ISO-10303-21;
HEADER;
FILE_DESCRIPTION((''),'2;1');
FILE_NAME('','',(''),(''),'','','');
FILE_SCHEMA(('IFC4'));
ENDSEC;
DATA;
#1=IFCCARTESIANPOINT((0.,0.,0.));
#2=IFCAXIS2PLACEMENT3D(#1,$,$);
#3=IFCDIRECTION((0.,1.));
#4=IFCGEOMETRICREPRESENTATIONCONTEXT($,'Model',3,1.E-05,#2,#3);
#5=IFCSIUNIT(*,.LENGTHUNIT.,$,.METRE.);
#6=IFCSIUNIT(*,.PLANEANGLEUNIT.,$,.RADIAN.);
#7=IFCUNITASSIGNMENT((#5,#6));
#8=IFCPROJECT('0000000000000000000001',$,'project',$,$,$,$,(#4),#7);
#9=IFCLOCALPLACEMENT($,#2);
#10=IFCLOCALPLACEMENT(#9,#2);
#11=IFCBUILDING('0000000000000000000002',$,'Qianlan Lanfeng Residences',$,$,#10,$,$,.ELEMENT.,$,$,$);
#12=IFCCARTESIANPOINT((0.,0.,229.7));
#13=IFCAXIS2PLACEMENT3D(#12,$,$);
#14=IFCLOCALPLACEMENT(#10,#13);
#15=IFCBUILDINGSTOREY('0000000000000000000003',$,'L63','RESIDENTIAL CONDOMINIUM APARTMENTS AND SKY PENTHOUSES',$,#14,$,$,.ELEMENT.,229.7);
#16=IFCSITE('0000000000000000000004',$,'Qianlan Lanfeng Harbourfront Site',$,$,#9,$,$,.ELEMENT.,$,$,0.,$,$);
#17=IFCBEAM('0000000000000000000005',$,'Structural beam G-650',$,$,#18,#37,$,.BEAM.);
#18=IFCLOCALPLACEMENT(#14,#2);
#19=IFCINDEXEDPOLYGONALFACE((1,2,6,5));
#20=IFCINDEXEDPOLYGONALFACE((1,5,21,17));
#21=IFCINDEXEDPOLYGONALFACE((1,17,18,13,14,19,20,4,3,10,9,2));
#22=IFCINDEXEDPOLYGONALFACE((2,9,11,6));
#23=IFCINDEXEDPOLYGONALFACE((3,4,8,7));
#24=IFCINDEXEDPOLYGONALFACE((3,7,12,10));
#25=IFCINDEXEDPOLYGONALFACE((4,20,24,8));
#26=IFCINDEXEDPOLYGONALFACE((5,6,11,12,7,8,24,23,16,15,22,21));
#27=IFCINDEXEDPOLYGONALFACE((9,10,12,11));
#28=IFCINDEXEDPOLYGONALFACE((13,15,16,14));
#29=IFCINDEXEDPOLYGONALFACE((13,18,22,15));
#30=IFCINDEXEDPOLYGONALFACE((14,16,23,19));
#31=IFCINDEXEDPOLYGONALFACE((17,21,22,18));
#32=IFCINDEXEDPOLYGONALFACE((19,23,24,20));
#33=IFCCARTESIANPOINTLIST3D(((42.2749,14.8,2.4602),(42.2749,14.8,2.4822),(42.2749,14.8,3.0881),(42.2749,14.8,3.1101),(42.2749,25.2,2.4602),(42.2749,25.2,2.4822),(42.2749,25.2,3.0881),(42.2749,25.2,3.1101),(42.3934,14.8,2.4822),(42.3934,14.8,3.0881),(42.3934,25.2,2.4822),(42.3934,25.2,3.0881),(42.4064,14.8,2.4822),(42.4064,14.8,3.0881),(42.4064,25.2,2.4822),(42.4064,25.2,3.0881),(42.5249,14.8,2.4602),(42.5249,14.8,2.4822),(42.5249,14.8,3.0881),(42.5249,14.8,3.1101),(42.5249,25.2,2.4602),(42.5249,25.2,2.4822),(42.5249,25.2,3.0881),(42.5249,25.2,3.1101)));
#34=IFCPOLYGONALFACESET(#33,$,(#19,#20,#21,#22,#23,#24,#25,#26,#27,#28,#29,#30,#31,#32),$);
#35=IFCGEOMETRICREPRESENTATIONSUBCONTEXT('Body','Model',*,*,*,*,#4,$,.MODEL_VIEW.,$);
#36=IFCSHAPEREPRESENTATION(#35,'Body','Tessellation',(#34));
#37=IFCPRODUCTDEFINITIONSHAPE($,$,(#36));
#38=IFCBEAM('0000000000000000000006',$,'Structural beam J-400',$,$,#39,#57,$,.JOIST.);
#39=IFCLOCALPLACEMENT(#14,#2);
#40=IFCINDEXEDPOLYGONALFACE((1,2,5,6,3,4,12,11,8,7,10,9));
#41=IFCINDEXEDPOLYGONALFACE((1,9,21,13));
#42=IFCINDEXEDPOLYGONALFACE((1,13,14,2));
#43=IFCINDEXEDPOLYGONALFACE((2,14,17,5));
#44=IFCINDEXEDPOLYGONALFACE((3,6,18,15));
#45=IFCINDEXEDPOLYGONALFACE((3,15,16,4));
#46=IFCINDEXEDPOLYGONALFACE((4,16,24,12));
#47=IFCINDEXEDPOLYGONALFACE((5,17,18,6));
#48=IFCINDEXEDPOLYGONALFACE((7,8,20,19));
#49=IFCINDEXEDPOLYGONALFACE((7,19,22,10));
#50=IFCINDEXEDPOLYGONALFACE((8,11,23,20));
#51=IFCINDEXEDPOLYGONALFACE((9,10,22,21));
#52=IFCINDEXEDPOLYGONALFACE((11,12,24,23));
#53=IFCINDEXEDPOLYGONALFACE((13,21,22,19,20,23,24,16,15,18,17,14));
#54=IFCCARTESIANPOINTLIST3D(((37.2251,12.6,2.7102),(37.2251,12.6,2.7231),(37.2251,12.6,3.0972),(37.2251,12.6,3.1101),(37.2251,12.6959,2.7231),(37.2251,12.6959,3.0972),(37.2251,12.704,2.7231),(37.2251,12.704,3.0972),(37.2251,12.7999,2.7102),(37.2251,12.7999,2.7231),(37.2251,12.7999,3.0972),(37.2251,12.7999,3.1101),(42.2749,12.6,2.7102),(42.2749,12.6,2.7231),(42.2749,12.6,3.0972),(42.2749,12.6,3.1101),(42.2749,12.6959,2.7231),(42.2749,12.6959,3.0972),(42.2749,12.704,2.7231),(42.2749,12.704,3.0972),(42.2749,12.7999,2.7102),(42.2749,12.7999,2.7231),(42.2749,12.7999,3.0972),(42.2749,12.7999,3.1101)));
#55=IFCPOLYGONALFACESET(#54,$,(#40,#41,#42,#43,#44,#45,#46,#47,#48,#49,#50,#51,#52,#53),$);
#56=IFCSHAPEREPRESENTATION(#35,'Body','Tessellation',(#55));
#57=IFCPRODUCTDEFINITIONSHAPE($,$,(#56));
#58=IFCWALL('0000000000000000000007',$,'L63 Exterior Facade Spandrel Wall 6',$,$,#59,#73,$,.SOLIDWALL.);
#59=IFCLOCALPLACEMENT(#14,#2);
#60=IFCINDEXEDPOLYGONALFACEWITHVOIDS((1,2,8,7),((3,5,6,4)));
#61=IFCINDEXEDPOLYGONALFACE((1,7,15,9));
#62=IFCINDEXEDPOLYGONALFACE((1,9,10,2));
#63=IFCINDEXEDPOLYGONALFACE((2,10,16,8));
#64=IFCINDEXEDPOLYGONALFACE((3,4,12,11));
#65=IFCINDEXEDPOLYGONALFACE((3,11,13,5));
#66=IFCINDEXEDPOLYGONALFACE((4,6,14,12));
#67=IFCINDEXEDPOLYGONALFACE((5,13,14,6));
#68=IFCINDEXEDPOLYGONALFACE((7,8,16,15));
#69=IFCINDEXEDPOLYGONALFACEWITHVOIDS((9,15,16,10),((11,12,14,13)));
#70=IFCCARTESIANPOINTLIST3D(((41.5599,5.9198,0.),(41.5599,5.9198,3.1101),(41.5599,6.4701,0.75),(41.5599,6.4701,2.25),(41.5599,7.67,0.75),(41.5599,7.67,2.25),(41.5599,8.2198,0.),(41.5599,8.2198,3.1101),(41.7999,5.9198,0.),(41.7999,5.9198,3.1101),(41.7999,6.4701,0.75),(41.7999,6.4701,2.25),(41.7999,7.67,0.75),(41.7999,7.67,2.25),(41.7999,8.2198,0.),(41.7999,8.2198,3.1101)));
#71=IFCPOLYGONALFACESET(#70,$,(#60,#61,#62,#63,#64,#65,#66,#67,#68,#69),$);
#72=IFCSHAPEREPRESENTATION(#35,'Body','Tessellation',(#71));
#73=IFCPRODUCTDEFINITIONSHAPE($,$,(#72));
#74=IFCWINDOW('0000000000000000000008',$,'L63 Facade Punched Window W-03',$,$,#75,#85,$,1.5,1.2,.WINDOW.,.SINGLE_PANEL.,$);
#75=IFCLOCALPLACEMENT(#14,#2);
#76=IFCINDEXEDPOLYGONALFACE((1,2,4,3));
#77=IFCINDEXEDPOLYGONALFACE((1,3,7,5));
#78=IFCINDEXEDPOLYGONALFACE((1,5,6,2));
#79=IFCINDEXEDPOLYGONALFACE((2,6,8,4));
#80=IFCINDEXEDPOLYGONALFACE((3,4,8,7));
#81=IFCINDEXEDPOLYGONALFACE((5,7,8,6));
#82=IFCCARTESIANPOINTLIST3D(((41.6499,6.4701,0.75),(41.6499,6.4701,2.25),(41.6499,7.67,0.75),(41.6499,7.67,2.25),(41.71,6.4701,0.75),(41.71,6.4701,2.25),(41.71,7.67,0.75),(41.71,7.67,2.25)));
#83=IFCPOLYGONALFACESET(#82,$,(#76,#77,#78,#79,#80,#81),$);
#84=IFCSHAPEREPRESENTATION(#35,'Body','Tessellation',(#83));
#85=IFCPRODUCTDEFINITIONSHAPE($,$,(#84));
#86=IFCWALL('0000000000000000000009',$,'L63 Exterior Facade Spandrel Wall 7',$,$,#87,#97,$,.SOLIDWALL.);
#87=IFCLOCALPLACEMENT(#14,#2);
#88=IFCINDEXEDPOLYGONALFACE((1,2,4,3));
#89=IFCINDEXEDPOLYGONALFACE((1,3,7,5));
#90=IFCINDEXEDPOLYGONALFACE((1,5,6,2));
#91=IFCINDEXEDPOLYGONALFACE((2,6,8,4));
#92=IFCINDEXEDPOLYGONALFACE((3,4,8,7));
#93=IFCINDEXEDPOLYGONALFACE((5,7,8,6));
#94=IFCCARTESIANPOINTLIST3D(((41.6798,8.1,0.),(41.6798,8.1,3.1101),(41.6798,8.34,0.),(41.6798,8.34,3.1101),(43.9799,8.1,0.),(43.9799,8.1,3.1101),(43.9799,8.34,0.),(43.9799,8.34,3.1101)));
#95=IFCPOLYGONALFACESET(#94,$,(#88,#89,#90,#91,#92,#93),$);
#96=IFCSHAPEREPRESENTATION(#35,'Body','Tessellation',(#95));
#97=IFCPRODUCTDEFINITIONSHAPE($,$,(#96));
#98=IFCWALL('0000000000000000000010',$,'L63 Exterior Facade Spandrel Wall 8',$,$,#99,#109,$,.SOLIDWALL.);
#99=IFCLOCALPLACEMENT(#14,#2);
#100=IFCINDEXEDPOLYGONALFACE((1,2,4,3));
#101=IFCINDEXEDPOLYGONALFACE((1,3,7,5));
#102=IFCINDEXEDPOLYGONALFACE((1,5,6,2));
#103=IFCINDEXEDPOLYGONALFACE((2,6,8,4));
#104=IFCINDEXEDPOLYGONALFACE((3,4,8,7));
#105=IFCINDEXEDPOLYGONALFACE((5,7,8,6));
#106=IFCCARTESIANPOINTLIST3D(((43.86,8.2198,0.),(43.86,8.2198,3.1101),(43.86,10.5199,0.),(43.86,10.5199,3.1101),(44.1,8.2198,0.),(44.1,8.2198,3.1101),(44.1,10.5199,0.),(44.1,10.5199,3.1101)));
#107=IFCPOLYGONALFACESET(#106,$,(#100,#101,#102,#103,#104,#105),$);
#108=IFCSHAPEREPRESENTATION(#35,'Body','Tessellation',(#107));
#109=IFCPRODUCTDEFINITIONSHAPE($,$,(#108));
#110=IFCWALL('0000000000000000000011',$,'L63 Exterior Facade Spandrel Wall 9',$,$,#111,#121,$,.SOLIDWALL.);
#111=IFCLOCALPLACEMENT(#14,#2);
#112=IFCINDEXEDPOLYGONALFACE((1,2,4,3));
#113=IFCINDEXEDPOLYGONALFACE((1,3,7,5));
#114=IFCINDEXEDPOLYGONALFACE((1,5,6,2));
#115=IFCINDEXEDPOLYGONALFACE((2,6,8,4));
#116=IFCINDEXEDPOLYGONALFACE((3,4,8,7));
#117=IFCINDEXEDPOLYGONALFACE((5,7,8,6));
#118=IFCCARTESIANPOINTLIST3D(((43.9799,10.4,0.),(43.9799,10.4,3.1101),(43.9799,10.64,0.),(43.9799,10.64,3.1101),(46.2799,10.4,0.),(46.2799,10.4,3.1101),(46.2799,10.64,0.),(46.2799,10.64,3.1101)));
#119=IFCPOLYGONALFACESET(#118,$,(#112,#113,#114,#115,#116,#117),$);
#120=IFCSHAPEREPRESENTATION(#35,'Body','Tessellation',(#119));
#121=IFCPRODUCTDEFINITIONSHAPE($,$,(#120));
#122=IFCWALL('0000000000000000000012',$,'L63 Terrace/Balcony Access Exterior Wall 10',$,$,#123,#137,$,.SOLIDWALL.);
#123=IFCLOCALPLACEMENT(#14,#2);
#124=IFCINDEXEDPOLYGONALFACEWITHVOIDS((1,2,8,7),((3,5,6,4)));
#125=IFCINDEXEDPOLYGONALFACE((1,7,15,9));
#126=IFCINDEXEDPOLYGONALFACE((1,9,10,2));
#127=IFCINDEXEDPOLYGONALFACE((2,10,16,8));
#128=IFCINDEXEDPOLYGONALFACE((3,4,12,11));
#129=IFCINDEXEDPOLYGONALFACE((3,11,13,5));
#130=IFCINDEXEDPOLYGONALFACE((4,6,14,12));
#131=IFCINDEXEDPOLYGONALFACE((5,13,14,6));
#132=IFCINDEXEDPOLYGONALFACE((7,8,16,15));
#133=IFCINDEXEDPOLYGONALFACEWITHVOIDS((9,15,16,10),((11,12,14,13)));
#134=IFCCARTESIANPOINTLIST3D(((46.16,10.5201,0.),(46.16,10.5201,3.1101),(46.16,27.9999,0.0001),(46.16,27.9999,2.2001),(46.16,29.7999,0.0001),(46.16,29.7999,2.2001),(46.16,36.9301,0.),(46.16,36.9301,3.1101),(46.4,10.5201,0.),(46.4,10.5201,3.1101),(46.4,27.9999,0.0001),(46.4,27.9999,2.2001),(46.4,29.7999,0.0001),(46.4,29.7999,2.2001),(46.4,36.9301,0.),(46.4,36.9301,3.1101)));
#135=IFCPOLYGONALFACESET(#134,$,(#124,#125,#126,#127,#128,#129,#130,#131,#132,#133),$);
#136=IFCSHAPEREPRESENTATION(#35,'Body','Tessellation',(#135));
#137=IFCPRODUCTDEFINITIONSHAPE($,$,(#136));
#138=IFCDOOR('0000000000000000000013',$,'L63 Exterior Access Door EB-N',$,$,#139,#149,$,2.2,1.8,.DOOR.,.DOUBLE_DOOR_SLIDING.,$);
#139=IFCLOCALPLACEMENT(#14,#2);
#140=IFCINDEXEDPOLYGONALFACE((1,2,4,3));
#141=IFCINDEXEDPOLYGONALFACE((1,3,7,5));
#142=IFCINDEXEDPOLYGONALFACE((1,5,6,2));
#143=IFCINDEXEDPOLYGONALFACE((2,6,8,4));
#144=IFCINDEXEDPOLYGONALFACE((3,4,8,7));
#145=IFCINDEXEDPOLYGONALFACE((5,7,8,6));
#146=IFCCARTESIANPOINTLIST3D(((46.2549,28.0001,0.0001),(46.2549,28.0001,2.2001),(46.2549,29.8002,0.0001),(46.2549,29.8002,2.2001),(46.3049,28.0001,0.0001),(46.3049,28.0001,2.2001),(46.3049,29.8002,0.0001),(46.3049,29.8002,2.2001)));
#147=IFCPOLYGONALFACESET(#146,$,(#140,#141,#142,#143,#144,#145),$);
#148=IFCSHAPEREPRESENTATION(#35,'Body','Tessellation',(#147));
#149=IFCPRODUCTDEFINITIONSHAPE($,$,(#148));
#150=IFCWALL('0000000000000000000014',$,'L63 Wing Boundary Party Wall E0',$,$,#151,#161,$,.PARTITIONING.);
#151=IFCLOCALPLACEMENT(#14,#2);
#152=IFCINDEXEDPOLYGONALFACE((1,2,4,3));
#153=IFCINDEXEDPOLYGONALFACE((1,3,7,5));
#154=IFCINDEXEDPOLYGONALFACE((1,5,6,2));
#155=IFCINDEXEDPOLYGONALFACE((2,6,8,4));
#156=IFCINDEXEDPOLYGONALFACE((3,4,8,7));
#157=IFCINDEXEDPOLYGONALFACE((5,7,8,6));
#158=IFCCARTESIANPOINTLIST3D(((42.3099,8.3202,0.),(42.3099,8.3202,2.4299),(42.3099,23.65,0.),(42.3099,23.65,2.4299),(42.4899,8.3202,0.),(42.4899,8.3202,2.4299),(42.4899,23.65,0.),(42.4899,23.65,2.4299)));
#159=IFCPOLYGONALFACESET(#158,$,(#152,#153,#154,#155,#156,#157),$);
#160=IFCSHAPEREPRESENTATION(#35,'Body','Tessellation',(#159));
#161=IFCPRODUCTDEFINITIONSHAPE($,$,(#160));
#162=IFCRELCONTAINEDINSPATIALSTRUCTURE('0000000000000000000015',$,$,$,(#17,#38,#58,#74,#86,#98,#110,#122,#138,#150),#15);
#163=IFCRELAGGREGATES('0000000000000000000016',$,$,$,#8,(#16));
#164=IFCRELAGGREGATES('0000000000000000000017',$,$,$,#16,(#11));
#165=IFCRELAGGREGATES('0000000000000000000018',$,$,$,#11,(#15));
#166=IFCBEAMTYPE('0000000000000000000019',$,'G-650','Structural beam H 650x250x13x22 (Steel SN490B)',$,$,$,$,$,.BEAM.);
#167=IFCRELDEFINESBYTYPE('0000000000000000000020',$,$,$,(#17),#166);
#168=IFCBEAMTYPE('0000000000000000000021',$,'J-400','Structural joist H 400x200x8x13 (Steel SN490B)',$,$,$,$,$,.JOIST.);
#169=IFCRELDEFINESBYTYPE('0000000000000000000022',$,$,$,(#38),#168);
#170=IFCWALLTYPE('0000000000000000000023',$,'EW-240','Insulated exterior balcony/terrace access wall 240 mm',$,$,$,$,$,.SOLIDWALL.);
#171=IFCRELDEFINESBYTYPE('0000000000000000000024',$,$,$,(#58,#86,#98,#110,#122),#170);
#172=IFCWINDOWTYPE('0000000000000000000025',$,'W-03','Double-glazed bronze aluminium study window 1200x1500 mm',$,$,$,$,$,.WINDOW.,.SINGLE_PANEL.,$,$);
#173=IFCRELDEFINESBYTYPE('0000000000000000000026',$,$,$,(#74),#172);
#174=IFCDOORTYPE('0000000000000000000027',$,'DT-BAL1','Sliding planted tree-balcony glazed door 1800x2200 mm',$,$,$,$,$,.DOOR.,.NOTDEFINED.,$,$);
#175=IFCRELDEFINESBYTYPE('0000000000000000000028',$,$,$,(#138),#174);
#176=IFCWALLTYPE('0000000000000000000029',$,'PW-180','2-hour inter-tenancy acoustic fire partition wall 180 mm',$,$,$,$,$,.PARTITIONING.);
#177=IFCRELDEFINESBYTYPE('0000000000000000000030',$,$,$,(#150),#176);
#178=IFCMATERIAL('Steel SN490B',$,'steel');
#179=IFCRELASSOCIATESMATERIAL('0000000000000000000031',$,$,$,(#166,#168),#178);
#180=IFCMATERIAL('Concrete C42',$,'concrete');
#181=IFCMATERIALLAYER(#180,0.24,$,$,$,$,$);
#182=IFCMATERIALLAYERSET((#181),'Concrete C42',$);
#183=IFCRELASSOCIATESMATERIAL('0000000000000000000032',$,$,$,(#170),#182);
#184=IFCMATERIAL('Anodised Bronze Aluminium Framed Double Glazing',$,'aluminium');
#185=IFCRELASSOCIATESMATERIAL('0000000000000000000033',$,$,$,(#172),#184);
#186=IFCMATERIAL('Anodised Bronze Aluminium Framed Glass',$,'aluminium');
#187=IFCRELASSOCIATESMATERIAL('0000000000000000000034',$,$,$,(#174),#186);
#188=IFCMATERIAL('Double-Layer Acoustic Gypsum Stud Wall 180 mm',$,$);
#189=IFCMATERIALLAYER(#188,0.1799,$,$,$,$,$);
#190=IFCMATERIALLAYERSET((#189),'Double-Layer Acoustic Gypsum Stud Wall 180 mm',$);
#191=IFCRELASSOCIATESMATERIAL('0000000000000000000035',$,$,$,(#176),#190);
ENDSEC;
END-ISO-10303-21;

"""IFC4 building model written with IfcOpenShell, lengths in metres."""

from ifc_helpers import new_model, si_unit, direction, frame, frame_2d, origin, origin_2d, place, context, subcontext, project, spatial, rectangle, i_section, extrude, material, layer, layer_set, material_profile, profile_set, type_object, element, fill, save


model = new_model("IFC4")

# Units and contexts
model_context = context("Model", 3, precision=1e-05, world=origin(), true_north=direction((0.0, 1.0)))
body_context = subcontext(model_context, "Body", "Model", "MODEL_VIEW")
ifc_project = project(units=[si_unit("LENGTHUNIT", "METRE"), si_unit("PLANEANGLEUNIT", "RADIAN")], contexts=[model_context])

# Site, building, storey
site_placement = place(None, origin())
site = spatial("IfcSite", under=ifc_project, at=site_placement, Name="Qianlan Lanfeng Harbourfront Site", CompositionType="ELEMENT", RefElevation=0.0)
building_placement = place(site_placement, origin())
building = spatial("IfcBuilding", under=site, at=building_placement, Name="Qianlan Lanfeng Residences", CompositionType="ELEMENT")
storey_placement = place(building_placement, frame((0.0, 0.0, 229.7)))
storey = spatial("IfcBuildingStorey", under=building, at=storey_placement, Name="L63", Description="RESIDENTIAL CONDOMINIUM APARTMENTS AND SKY PENTHOUSES", CompositionType="ELEMENT", Elevation=229.7)

# Shared definitions
ifc_material_1 = material(Name="Steel SN490B", Category="steel")

# Beams
ifc_material_profile_1 = material_profile(ifc_material_1, i_section(OverallWidth=0.25, OverallDepth=0.6499, WebThickness=0.0129, FlangeThickness=0.022, at=origin_2d()), Name="H 650x250x13x22")
ifc_profile_set_1 = profile_set([ifc_material_profile_1], Name="Steel SN490B")
beam_type_1 = type_object("IfcBeamType", Name="G-650", Description="Structural beam H 650x250x13x22 (Steel SN490B)", PredefinedType="BEAM", material=ifc_profile_set_1)
beam_1_placement = place(storey_placement, frame((42.3999, 14.8, 2.7852), z_axis=(0.0, 1.0, 0.0), x_axis=(-1.0, 0.0, 0.0)))
element("IfcBeam", 1, at=beam_1_placement, inside=storey, type_object=beam_type_1, Name="Structural beam G-650", PredefinedType="BEAM", context=body_context, shape_type="SweptSolid", body=[
    extrude(i_section(OverallWidth=0.25, OverallDepth=0.6499, WebThickness=0.0129, FlangeThickness=0.022, at=origin_2d()), origin(), (0.0, 0.0, 1.0), 10.3999),
])
ifc_material_profile_2 = material_profile(ifc_material_1, i_section(OverallWidth=0.2, OverallDepth=0.3999, WebThickness=0.0081, FlangeThickness=0.0129, at=origin_2d()), Name="H 400x200x8x13")
ifc_profile_set_2 = profile_set([ifc_material_profile_2], Name="Steel SN490B")
beam_type_2 = type_object("IfcBeamType", Name="J-400", Description="Structural joist H 400x200x8x13 (Steel SN490B)", PredefinedType="JOIST", material=ifc_profile_set_2)
beam_2_placement = place(storey_placement, frame((37.2251, 12.7, 2.9102), z_axis=(1.0, 0.0, 0.0), x_axis=(0.0, 1.0, 0.0)))
element("IfcBeam", 2, at=beam_2_placement, inside=storey, type_object=beam_type_2, Name="Structural beam J-400", PredefinedType="JOIST", context=body_context, shape_type="SweptSolid", body=[
    extrude(i_section(OverallWidth=0.2, OverallDepth=0.3999, WebThickness=0.0081, FlangeThickness=0.0129, at=origin_2d()), origin(), (0.0, 0.0, 1.0), 5.0498),
])

# Wall, opening, window
ifc_material_2 = material(Name="Concrete C42", Category="concrete")
ifc_layer_1 = layer(ifc_material_2, 0.24)
ifc_layer_set_1 = layer_set([ifc_layer_1], Name="Concrete C42")
wall_type_1 = type_object("IfcWallType", Name="EW-240", Description="Insulated exterior balcony/terrace access wall 240 mm", PredefinedType="SOLIDWALL", material=ifc_layer_set_1)
wall_1_placement = place(storey_placement, frame((41.6799, 5.9199, 0.0), z_axis=(0.0, 0.0, 1.0), x_axis=(0.0, 1.0, 0.0)))
wall_1 = element("IfcWall", 3, at=wall_1_placement, inside=storey, type_object=wall_type_1, Name="L63 Exterior Facade Spandrel Wall 6", PredefinedType="SOLIDWALL", context=body_context, shape_type="SweptSolid", body=[
    extrude(rectangle(XDim=2.3, YDim=0.24, at=frame_2d((1.1499, 0.0))), origin(), (0.0, 0.0, 1.0), 3.1101),
])
opening_1_placement = place(wall_1_placement, frame((0.55, 0.0, 0.75)))
opening_1 = element("IfcOpeningElement", 4, at=opening_1_placement, cuts=wall_1, PredefinedType="OPENING", context=body_context, shape_type="SweptSolid", body=[
    extrude(rectangle(XDim=1.2, YDim=1.5, at=frame_2d((0.6001, 0.75))), frame((0.0, 0.1299, 0.0), z_axis=(0.0, -1.0, 0.0), x_axis=(1.0, 0.0, 0.0)), (0.0, 0.0, 1.0), 0.26),
])
ifc_material_3 = material(Name="Anodised Bronze Aluminium Framed Double Glazing", Category="aluminium")
window_type = type_object("IfcWindowType", Name="W-03", Description="Double-glazed bronze aluminium study window 1200x1500 mm", PartitioningType="SINGLE_PANEL", PredefinedType="WINDOW", material=ifc_material_3)
window_placement = place(opening_1_placement, origin())
window = element("IfcWindow", 5, at=window_placement, inside=storey, type_object=window_type, Name="L63 Facade Punched Window W-03", OverallHeight=1.5, OverallWidth=1.2, PartitioningType="SINGLE_PANEL", PredefinedType="WINDOW", context=body_context, shape_type="SweptSolid", body=[
    extrude(rectangle(XDim=1.2, YDim=1.5, at=frame_2d((0.6001, 0.75))), frame((0.0, 0.03, 0.0), z_axis=(0.0, -1.0, 0.0), x_axis=(1.0, 0.0, 0.0)), (0.0, 0.0, 1.0), 0.0601),
])
fill(opening_1, window)

# Walls
for number, where, z_axis, x_axis, name in (
    (6, (41.6799, 8.22, 0.0), (0.0, 0.0, 1.0), (1.0, 0.0, 0.0), "L63 Exterior Facade Spandrel Wall 7"),
    (7, (43.98, 8.22, 0.0), (0.0, 0.0, 1.0), (0.0, 1.0, 0.0), "L63 Exterior Facade Spandrel Wall 8"),
    (8, (43.98, 10.52, 0.0), (0.0, 0.0, 1.0), (1.0, 0.0, 0.0), "L63 Exterior Facade Spandrel Wall 9"),
):
    element("IfcWall", number, at=place(storey_placement, frame(where, z_axis=z_axis, x_axis=x_axis)), inside=storey, type_object=wall_type_1, Name=name, PredefinedType="SOLIDWALL", context=body_context, shape_type="SweptSolid", body=[
        extrude(rectangle(XDim=2.3, YDim=0.24, at=frame_2d((1.1499, 0.0))), origin(), (0.0, 0.0, 1.0), 3.1101),
    ])

# Wall, opening, door
wall_2_placement = place(storey_placement, frame((46.28, 10.52, 0.0), z_axis=(0.0, 0.0, 1.0), x_axis=(0.0, 1.0, 0.0)))
wall_2 = element("IfcWall", 9, at=wall_2_placement, inside=storey, type_object=wall_type_1, Name="L63 Terrace/Balcony Access Exterior Wall 10", PredefinedType="SOLIDWALL", context=body_context, shape_type="SweptSolid", body=[
    extrude(rectangle(XDim=26.4099, YDim=0.24, at=frame_2d((13.2051, 0.0))), origin(), (0.0, 0.0, 1.0), 3.1101),
])
opening_2_placement = place(wall_2_placement, frame((17.48, 0.0, 0.0)))
opening_2 = element("IfcOpeningElement", 10, at=opening_2_placement, cuts=wall_2, PredefinedType="OPENING", context=body_context, shape_type="SweptSolid", body=[
    extrude(rectangle(XDim=1.8, YDim=2.2, at=frame_2d((0.8999, 1.1001))), frame((0.0, 0.1299, 0.0), z_axis=(0.0, -1.0, 0.0), x_axis=(1.0, 0.0, 0.0)), (0.0, 0.0, 1.0), 0.26),
])
ifc_material_4 = material(Name="Anodised Bronze Aluminium Framed Glass", Category="aluminium")
door_type = type_object("IfcDoorType", Name="DT-BAL1", Description="Sliding planted tree-balcony glazed door 1800x2200 mm", OperationType="NOTDEFINED", PredefinedType="DOOR", material=ifc_material_4)
door_placement = place(opening_2_placement, frame((1.8, 0.0, 0.0), z_axis=(0.0, 0.0, 1.0), x_axis=(-1.0, 0.0, 0.0)))
door = element("IfcDoor", 11, at=door_placement, inside=storey, type_object=door_type, Name="L63 Exterior Access Door EB-N", OperationType="DOUBLE_DOOR_SLIDING", OverallHeight=2.2, OverallWidth=1.8, PredefinedType="DOOR", context=body_context, shape_type="SweptSolid", body=[
    extrude(rectangle(XDim=1.8, YDim=2.2, at=frame_2d((0.8999, 1.1001))), frame((0.0, 0.0249, 0.0), z_axis=(0.0, -1.0, 0.0), x_axis=(1.0, 0.0, 0.0)), (0.0, 0.0, 1.0), 0.05),
])
fill(opening_2, door)

# Wall
ifc_material_5 = material(Name="Double-Layer Acoustic Gypsum Stud Wall 180 mm")
ifc_layer_2 = layer(ifc_material_5, 0.1799)
ifc_layer_set_2 = layer_set([ifc_layer_2], Name="Double-Layer Acoustic Gypsum Stud Wall 180 mm")
wall_type_2 = type_object("IfcWallType", Name="PW-180", Description="2-hour inter-tenancy acoustic fire partition wall 180 mm", PredefinedType="PARTITIONING", material=ifc_layer_set_2)
wall_3_placement = place(storey_placement, frame((42.3999, 8.3201, 0.0), z_axis=(0.0, 0.0, 1.0), x_axis=(0.0, 1.0, 0.0)))
element("IfcWall", 12, at=wall_3_placement, inside=storey, type_object=wall_type_2, Name="L63 Wing Boundary Party Wall E0", PredefinedType="PARTITIONING", context=body_context, shape_type="SweptSolid", body=[
    extrude(rectangle(XDim=15.3298, YDim=0.1799, at=frame_2d((7.665, 0.0))), origin(), (0.0, 0.0, 1.0), 2.4299),
])

save(model, "model.ifc")
